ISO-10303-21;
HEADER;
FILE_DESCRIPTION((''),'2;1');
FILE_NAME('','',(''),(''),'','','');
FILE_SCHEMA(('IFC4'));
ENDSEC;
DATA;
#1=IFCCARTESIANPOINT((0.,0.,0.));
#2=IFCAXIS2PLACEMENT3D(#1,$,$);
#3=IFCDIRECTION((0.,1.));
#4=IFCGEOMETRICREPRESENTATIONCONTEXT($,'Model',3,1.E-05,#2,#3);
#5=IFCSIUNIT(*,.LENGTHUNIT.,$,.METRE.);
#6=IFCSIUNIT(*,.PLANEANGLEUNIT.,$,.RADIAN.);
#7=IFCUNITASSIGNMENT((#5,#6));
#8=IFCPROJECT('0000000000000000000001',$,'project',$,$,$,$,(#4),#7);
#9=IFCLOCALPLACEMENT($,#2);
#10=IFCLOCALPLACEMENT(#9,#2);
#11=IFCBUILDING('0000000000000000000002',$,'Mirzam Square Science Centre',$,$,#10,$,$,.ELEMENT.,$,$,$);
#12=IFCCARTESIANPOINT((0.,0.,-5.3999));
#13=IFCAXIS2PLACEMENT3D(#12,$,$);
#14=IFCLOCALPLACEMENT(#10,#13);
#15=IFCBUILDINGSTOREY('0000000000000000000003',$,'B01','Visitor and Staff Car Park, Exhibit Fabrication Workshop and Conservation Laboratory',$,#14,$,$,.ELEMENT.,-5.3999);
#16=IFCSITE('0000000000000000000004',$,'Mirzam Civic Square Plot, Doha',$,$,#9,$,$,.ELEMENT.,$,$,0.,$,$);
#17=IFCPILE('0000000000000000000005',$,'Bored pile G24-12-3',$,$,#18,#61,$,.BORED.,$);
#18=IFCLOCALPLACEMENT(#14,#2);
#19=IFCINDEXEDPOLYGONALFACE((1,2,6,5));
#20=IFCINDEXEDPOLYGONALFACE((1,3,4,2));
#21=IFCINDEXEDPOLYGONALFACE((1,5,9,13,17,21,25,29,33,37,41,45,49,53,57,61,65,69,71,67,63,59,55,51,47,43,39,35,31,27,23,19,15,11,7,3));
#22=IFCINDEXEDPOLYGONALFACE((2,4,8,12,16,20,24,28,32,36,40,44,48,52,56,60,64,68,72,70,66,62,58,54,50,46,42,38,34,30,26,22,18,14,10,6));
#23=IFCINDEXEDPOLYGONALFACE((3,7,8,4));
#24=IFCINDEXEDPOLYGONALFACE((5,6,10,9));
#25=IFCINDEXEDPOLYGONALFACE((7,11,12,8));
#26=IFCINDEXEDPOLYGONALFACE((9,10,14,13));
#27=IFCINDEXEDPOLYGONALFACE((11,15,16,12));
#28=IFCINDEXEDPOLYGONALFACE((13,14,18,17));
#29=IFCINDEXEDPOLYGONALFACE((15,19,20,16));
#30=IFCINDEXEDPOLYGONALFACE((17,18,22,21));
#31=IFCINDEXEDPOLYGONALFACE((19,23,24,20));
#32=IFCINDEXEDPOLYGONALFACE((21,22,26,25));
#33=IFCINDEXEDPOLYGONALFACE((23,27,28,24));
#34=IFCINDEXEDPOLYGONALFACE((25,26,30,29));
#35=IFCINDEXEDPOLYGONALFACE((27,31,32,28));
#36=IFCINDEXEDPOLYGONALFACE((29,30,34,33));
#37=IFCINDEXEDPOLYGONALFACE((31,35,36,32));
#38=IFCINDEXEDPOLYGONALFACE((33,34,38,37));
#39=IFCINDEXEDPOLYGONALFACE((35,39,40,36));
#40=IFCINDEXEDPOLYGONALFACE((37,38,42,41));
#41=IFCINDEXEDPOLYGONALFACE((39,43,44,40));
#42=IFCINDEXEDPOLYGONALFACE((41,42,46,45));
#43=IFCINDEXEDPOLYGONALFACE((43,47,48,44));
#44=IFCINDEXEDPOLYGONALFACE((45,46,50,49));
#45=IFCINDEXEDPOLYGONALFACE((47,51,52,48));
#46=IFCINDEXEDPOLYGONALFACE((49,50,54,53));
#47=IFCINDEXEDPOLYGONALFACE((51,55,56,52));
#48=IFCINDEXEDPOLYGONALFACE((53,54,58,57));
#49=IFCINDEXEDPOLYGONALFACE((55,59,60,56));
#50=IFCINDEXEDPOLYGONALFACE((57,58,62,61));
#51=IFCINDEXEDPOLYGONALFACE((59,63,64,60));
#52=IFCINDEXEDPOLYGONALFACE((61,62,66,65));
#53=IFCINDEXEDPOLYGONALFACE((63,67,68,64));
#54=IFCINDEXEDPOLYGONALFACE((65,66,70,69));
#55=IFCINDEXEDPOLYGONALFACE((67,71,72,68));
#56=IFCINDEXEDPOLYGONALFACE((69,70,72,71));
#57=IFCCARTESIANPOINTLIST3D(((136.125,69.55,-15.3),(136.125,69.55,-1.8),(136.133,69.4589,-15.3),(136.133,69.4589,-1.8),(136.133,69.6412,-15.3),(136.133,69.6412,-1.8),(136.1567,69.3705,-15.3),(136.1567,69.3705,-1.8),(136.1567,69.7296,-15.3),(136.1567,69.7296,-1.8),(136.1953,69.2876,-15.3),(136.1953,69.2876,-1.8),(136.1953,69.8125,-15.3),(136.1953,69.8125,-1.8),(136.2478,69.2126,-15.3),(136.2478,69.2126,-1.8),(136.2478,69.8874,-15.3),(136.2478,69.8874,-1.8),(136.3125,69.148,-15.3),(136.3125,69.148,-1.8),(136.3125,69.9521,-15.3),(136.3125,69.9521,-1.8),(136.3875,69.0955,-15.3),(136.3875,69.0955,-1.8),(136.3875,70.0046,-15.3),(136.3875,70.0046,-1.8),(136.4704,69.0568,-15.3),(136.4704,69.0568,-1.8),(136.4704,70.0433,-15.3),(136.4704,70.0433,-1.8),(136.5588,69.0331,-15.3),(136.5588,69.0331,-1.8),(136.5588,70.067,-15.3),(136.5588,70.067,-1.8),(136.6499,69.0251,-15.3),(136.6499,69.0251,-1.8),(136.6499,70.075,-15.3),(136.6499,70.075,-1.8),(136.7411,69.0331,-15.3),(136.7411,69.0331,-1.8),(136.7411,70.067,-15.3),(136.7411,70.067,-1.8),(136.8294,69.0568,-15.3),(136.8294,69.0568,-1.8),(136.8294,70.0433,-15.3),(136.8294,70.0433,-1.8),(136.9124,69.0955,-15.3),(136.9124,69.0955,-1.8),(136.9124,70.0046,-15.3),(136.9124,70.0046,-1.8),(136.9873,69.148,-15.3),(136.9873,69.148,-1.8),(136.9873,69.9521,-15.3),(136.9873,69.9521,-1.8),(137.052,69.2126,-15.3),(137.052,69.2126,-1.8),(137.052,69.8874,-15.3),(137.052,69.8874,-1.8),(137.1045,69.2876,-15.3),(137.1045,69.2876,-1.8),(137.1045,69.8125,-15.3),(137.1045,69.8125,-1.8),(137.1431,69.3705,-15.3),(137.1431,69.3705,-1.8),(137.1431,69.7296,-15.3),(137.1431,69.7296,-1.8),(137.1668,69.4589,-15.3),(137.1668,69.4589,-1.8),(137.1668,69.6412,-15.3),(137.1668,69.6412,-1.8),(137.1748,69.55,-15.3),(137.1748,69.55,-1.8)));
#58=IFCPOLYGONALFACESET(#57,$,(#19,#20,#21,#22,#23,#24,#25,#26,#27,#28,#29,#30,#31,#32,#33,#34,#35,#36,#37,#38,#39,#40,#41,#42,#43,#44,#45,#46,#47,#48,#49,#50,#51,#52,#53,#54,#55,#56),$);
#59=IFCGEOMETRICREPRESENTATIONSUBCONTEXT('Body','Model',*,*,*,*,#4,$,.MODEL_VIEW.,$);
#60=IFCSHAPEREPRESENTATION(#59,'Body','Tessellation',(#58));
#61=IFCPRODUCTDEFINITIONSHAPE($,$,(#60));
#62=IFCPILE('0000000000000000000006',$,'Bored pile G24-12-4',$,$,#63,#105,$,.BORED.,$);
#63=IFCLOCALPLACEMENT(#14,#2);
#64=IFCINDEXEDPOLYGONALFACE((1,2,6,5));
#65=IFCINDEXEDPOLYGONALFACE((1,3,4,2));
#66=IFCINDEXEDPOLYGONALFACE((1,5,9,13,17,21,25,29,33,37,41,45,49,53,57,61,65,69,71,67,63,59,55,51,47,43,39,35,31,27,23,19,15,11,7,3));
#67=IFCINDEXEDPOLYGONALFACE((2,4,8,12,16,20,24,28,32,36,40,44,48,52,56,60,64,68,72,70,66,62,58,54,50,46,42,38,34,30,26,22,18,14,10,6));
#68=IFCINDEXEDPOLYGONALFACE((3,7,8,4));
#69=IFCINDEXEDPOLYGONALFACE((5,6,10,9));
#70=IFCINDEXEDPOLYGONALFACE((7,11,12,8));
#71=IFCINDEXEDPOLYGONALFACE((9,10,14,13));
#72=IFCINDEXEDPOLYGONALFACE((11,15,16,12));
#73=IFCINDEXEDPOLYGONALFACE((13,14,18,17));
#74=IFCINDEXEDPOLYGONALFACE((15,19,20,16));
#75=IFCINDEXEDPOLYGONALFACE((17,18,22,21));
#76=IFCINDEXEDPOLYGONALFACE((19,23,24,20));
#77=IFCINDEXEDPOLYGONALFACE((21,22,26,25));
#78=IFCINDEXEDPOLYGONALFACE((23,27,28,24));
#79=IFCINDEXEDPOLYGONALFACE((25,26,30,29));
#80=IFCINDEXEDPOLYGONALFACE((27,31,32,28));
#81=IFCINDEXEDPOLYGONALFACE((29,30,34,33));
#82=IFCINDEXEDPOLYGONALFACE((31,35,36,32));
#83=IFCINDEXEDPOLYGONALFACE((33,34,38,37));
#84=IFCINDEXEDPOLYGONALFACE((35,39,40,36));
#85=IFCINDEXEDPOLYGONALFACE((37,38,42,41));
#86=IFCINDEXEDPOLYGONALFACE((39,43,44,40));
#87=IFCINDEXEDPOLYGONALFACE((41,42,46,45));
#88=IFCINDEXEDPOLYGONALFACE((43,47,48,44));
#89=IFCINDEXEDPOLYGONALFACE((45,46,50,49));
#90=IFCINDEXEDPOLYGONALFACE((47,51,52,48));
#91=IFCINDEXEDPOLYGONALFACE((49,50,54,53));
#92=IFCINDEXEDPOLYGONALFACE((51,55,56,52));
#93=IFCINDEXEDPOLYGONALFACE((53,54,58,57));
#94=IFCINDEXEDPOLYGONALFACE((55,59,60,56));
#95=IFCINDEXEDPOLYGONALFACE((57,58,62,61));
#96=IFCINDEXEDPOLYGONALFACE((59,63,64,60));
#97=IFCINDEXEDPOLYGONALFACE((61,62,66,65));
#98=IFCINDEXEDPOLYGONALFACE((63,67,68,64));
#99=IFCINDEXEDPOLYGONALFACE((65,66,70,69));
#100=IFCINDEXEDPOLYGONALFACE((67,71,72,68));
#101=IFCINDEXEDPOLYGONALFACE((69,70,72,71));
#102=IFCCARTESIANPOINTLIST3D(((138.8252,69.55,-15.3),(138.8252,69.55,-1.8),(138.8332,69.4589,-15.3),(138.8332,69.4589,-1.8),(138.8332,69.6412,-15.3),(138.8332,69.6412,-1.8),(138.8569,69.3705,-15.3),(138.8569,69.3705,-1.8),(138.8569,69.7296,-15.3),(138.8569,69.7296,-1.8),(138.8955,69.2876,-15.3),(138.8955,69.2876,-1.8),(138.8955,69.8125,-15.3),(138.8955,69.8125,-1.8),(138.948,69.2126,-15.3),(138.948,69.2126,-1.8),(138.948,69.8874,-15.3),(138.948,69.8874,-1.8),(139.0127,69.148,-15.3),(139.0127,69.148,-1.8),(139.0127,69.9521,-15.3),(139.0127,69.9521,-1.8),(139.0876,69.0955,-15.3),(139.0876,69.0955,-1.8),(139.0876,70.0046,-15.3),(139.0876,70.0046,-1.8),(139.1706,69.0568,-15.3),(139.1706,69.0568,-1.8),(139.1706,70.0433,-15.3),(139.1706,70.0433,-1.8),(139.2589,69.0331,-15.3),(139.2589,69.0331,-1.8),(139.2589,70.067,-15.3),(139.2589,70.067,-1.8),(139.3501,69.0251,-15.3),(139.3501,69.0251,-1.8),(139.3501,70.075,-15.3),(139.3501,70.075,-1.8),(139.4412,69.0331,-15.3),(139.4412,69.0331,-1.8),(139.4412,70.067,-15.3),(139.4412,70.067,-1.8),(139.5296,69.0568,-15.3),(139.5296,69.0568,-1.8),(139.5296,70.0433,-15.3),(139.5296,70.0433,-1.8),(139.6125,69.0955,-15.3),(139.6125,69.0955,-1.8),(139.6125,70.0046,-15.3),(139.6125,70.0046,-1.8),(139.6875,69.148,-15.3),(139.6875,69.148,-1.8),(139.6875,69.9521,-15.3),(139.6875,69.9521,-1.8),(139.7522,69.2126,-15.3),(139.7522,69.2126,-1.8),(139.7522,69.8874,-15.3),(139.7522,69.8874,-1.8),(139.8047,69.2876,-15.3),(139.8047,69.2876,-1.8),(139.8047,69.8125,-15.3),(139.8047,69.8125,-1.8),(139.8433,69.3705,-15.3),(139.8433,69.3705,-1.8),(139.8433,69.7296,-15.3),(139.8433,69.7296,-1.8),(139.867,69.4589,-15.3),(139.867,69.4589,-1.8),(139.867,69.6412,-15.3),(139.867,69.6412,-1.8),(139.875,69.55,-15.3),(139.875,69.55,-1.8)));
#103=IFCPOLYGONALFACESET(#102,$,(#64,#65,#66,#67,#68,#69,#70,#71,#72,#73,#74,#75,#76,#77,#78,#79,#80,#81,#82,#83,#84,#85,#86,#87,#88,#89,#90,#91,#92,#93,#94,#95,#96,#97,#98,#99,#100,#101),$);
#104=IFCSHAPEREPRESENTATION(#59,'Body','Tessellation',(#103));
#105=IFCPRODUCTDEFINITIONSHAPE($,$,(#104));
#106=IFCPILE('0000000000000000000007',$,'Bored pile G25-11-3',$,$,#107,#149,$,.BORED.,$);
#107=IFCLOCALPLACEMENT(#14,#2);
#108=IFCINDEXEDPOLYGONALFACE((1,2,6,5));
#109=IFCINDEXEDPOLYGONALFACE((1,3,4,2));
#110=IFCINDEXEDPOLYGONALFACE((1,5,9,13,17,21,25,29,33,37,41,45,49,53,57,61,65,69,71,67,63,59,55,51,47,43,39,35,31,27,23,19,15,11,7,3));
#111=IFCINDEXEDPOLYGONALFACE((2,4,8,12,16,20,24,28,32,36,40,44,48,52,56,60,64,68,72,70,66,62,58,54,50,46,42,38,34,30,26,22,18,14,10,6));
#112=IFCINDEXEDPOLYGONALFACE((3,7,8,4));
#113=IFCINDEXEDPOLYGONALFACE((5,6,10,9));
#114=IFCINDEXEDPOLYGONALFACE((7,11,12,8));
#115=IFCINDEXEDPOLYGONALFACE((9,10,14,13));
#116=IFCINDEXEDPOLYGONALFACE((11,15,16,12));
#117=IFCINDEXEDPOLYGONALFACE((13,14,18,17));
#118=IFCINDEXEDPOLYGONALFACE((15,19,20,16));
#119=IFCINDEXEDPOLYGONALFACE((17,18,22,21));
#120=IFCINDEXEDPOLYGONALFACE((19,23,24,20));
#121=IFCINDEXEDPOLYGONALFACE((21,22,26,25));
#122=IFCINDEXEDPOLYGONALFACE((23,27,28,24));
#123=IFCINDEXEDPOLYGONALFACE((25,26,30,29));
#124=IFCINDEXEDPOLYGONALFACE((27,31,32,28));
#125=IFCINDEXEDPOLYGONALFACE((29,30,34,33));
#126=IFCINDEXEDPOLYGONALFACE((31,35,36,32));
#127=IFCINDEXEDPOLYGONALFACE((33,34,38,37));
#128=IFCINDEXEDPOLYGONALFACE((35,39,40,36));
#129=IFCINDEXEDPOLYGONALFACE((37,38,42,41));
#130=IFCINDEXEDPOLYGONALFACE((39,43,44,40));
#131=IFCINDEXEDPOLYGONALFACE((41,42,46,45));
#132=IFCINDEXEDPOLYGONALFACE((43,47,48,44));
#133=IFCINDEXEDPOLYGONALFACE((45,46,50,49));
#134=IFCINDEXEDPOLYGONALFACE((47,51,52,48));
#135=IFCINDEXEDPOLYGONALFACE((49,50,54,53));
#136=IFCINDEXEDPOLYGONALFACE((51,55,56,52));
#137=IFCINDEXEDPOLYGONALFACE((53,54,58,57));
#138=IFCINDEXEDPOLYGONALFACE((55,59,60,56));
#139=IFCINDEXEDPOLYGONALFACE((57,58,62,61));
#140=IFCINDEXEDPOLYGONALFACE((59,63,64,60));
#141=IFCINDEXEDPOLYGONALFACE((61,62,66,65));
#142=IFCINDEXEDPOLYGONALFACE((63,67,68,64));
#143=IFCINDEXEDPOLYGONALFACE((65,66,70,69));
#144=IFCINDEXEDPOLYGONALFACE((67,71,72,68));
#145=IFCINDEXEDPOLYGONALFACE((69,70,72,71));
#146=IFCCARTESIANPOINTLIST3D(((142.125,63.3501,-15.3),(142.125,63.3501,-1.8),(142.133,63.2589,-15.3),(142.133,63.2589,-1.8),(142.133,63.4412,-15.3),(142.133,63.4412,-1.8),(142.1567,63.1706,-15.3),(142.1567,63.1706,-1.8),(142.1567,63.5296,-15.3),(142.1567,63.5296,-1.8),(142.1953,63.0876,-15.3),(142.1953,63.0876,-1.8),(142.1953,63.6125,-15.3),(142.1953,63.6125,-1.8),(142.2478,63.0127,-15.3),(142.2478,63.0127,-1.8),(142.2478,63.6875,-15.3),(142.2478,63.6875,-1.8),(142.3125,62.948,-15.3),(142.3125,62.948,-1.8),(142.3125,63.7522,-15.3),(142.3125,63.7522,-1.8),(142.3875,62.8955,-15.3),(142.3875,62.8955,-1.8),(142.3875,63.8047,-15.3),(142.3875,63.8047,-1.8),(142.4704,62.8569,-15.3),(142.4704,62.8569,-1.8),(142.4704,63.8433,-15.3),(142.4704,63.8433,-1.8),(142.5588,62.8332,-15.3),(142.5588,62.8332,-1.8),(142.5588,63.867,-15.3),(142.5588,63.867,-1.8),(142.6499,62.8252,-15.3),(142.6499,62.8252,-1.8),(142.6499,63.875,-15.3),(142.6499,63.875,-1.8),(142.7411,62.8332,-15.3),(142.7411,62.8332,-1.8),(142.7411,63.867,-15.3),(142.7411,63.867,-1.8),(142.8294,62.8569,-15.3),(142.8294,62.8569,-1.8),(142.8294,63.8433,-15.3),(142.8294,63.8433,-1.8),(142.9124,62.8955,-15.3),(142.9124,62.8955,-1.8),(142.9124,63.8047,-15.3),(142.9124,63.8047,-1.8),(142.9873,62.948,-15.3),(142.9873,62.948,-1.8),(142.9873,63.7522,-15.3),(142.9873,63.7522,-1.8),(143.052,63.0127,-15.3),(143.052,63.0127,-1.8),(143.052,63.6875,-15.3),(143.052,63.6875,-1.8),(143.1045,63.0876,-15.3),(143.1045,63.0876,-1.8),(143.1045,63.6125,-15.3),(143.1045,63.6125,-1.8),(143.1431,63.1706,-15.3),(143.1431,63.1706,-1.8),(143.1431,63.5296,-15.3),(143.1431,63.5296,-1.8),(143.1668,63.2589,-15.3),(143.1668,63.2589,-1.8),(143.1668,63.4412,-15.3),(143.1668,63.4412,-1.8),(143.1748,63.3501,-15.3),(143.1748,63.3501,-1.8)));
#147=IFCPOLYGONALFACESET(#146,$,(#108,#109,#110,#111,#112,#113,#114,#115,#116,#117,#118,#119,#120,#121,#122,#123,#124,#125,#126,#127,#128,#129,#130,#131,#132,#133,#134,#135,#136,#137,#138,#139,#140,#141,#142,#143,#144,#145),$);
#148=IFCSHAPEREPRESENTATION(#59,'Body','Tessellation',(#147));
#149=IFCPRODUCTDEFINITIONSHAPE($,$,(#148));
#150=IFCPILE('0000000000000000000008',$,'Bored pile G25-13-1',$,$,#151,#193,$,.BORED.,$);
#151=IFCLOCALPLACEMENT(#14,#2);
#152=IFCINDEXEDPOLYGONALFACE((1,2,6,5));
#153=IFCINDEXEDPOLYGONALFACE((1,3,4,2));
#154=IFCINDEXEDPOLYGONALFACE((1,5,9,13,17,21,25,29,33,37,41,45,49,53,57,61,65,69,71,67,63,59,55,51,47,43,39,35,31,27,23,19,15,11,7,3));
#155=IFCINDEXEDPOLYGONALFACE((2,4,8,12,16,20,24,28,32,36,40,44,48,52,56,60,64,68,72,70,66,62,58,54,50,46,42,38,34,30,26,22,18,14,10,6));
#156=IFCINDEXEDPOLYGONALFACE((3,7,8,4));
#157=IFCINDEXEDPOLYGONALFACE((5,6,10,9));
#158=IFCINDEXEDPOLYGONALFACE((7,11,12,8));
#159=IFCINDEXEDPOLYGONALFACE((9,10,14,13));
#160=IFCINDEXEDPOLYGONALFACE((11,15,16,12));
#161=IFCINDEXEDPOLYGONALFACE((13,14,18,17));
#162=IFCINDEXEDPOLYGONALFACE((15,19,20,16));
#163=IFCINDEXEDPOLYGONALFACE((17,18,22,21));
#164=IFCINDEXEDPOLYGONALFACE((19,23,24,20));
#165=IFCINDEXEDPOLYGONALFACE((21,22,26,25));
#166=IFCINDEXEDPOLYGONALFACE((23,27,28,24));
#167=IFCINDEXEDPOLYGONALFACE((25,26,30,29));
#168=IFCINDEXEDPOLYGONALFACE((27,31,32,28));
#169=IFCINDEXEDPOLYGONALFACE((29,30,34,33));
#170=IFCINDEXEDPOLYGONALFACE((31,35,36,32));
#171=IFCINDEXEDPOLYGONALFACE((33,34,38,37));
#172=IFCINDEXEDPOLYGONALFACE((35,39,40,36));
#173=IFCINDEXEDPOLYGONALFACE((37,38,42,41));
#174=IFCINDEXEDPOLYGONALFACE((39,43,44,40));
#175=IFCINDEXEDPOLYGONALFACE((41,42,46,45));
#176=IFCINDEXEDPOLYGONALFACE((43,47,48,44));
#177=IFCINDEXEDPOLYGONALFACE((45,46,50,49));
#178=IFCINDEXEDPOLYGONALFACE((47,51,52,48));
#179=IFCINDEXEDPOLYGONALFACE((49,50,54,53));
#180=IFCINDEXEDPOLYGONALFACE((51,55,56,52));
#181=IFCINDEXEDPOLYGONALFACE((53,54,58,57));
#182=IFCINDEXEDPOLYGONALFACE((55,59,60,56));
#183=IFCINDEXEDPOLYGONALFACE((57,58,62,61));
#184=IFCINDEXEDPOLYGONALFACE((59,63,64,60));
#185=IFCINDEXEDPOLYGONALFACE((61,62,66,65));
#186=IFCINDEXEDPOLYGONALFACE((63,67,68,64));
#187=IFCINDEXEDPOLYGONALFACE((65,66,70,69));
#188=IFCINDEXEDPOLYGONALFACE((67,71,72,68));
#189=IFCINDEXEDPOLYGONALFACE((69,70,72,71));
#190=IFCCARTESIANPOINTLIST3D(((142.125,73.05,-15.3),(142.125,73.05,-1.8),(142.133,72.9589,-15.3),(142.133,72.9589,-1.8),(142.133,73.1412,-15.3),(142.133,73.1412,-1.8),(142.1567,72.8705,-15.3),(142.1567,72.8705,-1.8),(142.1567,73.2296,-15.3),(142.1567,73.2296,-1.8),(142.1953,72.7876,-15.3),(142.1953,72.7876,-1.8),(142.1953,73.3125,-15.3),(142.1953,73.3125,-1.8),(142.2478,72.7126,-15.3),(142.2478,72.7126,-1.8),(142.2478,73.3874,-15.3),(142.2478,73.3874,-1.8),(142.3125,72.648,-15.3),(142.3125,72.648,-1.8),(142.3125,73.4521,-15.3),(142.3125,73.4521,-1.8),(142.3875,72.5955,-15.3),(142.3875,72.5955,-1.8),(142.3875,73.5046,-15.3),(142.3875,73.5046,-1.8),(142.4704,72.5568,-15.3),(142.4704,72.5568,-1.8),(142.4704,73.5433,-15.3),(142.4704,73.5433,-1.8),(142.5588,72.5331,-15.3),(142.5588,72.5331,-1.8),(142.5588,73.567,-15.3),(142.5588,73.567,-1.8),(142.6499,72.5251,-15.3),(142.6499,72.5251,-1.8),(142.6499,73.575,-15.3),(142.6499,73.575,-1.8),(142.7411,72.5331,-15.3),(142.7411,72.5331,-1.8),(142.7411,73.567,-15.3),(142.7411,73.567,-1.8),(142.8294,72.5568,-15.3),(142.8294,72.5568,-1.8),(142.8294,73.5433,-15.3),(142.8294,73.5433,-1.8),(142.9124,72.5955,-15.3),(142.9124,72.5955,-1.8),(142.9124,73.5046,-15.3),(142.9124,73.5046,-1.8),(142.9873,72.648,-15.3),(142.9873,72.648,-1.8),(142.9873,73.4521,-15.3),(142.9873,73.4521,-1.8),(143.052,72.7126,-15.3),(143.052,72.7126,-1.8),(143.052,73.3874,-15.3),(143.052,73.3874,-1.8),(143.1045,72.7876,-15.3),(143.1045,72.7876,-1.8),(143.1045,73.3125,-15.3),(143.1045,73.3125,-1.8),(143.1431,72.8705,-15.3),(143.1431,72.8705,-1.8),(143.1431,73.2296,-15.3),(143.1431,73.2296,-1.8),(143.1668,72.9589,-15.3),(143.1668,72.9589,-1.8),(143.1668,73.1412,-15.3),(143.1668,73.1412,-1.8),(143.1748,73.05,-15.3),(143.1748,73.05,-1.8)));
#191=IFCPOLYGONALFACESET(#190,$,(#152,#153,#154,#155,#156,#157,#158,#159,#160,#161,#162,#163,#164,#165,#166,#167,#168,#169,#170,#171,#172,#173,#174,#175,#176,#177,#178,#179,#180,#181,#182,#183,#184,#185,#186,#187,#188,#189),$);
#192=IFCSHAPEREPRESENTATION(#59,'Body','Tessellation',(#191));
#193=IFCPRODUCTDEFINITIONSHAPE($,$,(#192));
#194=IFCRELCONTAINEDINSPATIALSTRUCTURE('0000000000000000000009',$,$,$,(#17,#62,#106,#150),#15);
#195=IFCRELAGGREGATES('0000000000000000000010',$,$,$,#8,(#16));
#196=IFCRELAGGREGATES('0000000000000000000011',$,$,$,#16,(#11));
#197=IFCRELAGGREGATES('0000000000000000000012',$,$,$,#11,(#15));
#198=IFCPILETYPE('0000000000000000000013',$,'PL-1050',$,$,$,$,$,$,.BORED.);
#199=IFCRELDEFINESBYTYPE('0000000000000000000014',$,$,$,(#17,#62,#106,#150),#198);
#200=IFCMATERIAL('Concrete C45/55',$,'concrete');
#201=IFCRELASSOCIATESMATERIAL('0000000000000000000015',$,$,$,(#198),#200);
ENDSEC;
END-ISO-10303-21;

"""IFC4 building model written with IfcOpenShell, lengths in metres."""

from ifc_helpers import new_model, si_unit, direction, frame, origin, origin_2d, place, context, subcontext, project, spatial, circle, extrude, material, material_profile, profile_set, type_object, element, save


model = new_model("IFC4")

# Units and contexts
model_context = context("Model", 3, precision=1e-05, world=origin(), true_north=direction((0.0, 1.0)))
body_context = subcontext(model_context, "Body", "Model", "MODEL_VIEW")
ifc_project = project(units=[si_unit("LENGTHUNIT", "METRE"), si_unit("PLANEANGLEUNIT", "RADIAN")], contexts=[model_context])

# Site, building, storey
site_placement = place(None, origin())
site = spatial("IfcSite", under=ifc_project, at=site_placement, Name="Mirzam Civic Square Plot, Doha", CompositionType="ELEMENT", RefElevation=0.0)
building_placement = place(site_placement, origin())
building = spatial("IfcBuilding", under=site, at=building_placement, Name="Mirzam Square Science Centre", CompositionType="ELEMENT")
storey_placement = place(building_placement, frame((0.0, 0.0, -5.3999)))
storey = spatial("IfcBuildingStorey", under=building, at=storey_placement, Name="B01", Description="Visitor and Staff Car Park, Exhibit Fabrication Workshop and Conservation Laboratory", CompositionType="ELEMENT", Elevation=-5.3999)

# Shared definitions
ifc_material_1 = material(Name="Concrete C45/55", Category="concrete")

# Piles
ifc_material_profile_1 = material_profile(ifc_material_1, circle(Radius=0.5249, at=origin_2d()), Name="PILE-D1050")
ifc_profile_set_1 = profile_set([ifc_material_profile_1], Name="Concrete C45/55")
pile_type_1 = type_object("IfcPileType", Name="PL-1050", PredefinedType="BORED", material=ifc_profile_set_1)
for number, where, z_axis, x_axis, name in (
    (1, (136.6499, 69.55, -1.8), (0.0, 0.0, -1.0), (1.0, 0.0, 0.0), "Bored pile G24-12-3"),
    (2, (139.3501, 69.55, -1.8), (0.0, 0.0, -1.0), (1.0, 0.0, 0.0), "Bored pile G24-12-4"),
    (3, (142.6499, 63.3501, -1.8), (0.0, 0.0, -1.0), (1.0, 0.0, 0.0), "Bored pile G25-11-3"),
    (4, (142.6499, 73.05, -1.8), (0.0, 0.0, -1.0), (1.0, 0.0, 0.0), "Bored pile G25-13-1"),
):
    element("IfcPile", number, at=place(storey_placement, frame(where, z_axis=z_axis, x_axis=x_axis)), inside=storey, type_object=pile_type_1, Name=name, PredefinedType="BORED", context=body_context, shape_type="SweptSolid", body=[
        extrude(circle(Radius=0.5249, at=origin_2d()), origin(), (0.0, 0.0, 1.0), 13.5),
    ])

save(model, "model.ifc")
